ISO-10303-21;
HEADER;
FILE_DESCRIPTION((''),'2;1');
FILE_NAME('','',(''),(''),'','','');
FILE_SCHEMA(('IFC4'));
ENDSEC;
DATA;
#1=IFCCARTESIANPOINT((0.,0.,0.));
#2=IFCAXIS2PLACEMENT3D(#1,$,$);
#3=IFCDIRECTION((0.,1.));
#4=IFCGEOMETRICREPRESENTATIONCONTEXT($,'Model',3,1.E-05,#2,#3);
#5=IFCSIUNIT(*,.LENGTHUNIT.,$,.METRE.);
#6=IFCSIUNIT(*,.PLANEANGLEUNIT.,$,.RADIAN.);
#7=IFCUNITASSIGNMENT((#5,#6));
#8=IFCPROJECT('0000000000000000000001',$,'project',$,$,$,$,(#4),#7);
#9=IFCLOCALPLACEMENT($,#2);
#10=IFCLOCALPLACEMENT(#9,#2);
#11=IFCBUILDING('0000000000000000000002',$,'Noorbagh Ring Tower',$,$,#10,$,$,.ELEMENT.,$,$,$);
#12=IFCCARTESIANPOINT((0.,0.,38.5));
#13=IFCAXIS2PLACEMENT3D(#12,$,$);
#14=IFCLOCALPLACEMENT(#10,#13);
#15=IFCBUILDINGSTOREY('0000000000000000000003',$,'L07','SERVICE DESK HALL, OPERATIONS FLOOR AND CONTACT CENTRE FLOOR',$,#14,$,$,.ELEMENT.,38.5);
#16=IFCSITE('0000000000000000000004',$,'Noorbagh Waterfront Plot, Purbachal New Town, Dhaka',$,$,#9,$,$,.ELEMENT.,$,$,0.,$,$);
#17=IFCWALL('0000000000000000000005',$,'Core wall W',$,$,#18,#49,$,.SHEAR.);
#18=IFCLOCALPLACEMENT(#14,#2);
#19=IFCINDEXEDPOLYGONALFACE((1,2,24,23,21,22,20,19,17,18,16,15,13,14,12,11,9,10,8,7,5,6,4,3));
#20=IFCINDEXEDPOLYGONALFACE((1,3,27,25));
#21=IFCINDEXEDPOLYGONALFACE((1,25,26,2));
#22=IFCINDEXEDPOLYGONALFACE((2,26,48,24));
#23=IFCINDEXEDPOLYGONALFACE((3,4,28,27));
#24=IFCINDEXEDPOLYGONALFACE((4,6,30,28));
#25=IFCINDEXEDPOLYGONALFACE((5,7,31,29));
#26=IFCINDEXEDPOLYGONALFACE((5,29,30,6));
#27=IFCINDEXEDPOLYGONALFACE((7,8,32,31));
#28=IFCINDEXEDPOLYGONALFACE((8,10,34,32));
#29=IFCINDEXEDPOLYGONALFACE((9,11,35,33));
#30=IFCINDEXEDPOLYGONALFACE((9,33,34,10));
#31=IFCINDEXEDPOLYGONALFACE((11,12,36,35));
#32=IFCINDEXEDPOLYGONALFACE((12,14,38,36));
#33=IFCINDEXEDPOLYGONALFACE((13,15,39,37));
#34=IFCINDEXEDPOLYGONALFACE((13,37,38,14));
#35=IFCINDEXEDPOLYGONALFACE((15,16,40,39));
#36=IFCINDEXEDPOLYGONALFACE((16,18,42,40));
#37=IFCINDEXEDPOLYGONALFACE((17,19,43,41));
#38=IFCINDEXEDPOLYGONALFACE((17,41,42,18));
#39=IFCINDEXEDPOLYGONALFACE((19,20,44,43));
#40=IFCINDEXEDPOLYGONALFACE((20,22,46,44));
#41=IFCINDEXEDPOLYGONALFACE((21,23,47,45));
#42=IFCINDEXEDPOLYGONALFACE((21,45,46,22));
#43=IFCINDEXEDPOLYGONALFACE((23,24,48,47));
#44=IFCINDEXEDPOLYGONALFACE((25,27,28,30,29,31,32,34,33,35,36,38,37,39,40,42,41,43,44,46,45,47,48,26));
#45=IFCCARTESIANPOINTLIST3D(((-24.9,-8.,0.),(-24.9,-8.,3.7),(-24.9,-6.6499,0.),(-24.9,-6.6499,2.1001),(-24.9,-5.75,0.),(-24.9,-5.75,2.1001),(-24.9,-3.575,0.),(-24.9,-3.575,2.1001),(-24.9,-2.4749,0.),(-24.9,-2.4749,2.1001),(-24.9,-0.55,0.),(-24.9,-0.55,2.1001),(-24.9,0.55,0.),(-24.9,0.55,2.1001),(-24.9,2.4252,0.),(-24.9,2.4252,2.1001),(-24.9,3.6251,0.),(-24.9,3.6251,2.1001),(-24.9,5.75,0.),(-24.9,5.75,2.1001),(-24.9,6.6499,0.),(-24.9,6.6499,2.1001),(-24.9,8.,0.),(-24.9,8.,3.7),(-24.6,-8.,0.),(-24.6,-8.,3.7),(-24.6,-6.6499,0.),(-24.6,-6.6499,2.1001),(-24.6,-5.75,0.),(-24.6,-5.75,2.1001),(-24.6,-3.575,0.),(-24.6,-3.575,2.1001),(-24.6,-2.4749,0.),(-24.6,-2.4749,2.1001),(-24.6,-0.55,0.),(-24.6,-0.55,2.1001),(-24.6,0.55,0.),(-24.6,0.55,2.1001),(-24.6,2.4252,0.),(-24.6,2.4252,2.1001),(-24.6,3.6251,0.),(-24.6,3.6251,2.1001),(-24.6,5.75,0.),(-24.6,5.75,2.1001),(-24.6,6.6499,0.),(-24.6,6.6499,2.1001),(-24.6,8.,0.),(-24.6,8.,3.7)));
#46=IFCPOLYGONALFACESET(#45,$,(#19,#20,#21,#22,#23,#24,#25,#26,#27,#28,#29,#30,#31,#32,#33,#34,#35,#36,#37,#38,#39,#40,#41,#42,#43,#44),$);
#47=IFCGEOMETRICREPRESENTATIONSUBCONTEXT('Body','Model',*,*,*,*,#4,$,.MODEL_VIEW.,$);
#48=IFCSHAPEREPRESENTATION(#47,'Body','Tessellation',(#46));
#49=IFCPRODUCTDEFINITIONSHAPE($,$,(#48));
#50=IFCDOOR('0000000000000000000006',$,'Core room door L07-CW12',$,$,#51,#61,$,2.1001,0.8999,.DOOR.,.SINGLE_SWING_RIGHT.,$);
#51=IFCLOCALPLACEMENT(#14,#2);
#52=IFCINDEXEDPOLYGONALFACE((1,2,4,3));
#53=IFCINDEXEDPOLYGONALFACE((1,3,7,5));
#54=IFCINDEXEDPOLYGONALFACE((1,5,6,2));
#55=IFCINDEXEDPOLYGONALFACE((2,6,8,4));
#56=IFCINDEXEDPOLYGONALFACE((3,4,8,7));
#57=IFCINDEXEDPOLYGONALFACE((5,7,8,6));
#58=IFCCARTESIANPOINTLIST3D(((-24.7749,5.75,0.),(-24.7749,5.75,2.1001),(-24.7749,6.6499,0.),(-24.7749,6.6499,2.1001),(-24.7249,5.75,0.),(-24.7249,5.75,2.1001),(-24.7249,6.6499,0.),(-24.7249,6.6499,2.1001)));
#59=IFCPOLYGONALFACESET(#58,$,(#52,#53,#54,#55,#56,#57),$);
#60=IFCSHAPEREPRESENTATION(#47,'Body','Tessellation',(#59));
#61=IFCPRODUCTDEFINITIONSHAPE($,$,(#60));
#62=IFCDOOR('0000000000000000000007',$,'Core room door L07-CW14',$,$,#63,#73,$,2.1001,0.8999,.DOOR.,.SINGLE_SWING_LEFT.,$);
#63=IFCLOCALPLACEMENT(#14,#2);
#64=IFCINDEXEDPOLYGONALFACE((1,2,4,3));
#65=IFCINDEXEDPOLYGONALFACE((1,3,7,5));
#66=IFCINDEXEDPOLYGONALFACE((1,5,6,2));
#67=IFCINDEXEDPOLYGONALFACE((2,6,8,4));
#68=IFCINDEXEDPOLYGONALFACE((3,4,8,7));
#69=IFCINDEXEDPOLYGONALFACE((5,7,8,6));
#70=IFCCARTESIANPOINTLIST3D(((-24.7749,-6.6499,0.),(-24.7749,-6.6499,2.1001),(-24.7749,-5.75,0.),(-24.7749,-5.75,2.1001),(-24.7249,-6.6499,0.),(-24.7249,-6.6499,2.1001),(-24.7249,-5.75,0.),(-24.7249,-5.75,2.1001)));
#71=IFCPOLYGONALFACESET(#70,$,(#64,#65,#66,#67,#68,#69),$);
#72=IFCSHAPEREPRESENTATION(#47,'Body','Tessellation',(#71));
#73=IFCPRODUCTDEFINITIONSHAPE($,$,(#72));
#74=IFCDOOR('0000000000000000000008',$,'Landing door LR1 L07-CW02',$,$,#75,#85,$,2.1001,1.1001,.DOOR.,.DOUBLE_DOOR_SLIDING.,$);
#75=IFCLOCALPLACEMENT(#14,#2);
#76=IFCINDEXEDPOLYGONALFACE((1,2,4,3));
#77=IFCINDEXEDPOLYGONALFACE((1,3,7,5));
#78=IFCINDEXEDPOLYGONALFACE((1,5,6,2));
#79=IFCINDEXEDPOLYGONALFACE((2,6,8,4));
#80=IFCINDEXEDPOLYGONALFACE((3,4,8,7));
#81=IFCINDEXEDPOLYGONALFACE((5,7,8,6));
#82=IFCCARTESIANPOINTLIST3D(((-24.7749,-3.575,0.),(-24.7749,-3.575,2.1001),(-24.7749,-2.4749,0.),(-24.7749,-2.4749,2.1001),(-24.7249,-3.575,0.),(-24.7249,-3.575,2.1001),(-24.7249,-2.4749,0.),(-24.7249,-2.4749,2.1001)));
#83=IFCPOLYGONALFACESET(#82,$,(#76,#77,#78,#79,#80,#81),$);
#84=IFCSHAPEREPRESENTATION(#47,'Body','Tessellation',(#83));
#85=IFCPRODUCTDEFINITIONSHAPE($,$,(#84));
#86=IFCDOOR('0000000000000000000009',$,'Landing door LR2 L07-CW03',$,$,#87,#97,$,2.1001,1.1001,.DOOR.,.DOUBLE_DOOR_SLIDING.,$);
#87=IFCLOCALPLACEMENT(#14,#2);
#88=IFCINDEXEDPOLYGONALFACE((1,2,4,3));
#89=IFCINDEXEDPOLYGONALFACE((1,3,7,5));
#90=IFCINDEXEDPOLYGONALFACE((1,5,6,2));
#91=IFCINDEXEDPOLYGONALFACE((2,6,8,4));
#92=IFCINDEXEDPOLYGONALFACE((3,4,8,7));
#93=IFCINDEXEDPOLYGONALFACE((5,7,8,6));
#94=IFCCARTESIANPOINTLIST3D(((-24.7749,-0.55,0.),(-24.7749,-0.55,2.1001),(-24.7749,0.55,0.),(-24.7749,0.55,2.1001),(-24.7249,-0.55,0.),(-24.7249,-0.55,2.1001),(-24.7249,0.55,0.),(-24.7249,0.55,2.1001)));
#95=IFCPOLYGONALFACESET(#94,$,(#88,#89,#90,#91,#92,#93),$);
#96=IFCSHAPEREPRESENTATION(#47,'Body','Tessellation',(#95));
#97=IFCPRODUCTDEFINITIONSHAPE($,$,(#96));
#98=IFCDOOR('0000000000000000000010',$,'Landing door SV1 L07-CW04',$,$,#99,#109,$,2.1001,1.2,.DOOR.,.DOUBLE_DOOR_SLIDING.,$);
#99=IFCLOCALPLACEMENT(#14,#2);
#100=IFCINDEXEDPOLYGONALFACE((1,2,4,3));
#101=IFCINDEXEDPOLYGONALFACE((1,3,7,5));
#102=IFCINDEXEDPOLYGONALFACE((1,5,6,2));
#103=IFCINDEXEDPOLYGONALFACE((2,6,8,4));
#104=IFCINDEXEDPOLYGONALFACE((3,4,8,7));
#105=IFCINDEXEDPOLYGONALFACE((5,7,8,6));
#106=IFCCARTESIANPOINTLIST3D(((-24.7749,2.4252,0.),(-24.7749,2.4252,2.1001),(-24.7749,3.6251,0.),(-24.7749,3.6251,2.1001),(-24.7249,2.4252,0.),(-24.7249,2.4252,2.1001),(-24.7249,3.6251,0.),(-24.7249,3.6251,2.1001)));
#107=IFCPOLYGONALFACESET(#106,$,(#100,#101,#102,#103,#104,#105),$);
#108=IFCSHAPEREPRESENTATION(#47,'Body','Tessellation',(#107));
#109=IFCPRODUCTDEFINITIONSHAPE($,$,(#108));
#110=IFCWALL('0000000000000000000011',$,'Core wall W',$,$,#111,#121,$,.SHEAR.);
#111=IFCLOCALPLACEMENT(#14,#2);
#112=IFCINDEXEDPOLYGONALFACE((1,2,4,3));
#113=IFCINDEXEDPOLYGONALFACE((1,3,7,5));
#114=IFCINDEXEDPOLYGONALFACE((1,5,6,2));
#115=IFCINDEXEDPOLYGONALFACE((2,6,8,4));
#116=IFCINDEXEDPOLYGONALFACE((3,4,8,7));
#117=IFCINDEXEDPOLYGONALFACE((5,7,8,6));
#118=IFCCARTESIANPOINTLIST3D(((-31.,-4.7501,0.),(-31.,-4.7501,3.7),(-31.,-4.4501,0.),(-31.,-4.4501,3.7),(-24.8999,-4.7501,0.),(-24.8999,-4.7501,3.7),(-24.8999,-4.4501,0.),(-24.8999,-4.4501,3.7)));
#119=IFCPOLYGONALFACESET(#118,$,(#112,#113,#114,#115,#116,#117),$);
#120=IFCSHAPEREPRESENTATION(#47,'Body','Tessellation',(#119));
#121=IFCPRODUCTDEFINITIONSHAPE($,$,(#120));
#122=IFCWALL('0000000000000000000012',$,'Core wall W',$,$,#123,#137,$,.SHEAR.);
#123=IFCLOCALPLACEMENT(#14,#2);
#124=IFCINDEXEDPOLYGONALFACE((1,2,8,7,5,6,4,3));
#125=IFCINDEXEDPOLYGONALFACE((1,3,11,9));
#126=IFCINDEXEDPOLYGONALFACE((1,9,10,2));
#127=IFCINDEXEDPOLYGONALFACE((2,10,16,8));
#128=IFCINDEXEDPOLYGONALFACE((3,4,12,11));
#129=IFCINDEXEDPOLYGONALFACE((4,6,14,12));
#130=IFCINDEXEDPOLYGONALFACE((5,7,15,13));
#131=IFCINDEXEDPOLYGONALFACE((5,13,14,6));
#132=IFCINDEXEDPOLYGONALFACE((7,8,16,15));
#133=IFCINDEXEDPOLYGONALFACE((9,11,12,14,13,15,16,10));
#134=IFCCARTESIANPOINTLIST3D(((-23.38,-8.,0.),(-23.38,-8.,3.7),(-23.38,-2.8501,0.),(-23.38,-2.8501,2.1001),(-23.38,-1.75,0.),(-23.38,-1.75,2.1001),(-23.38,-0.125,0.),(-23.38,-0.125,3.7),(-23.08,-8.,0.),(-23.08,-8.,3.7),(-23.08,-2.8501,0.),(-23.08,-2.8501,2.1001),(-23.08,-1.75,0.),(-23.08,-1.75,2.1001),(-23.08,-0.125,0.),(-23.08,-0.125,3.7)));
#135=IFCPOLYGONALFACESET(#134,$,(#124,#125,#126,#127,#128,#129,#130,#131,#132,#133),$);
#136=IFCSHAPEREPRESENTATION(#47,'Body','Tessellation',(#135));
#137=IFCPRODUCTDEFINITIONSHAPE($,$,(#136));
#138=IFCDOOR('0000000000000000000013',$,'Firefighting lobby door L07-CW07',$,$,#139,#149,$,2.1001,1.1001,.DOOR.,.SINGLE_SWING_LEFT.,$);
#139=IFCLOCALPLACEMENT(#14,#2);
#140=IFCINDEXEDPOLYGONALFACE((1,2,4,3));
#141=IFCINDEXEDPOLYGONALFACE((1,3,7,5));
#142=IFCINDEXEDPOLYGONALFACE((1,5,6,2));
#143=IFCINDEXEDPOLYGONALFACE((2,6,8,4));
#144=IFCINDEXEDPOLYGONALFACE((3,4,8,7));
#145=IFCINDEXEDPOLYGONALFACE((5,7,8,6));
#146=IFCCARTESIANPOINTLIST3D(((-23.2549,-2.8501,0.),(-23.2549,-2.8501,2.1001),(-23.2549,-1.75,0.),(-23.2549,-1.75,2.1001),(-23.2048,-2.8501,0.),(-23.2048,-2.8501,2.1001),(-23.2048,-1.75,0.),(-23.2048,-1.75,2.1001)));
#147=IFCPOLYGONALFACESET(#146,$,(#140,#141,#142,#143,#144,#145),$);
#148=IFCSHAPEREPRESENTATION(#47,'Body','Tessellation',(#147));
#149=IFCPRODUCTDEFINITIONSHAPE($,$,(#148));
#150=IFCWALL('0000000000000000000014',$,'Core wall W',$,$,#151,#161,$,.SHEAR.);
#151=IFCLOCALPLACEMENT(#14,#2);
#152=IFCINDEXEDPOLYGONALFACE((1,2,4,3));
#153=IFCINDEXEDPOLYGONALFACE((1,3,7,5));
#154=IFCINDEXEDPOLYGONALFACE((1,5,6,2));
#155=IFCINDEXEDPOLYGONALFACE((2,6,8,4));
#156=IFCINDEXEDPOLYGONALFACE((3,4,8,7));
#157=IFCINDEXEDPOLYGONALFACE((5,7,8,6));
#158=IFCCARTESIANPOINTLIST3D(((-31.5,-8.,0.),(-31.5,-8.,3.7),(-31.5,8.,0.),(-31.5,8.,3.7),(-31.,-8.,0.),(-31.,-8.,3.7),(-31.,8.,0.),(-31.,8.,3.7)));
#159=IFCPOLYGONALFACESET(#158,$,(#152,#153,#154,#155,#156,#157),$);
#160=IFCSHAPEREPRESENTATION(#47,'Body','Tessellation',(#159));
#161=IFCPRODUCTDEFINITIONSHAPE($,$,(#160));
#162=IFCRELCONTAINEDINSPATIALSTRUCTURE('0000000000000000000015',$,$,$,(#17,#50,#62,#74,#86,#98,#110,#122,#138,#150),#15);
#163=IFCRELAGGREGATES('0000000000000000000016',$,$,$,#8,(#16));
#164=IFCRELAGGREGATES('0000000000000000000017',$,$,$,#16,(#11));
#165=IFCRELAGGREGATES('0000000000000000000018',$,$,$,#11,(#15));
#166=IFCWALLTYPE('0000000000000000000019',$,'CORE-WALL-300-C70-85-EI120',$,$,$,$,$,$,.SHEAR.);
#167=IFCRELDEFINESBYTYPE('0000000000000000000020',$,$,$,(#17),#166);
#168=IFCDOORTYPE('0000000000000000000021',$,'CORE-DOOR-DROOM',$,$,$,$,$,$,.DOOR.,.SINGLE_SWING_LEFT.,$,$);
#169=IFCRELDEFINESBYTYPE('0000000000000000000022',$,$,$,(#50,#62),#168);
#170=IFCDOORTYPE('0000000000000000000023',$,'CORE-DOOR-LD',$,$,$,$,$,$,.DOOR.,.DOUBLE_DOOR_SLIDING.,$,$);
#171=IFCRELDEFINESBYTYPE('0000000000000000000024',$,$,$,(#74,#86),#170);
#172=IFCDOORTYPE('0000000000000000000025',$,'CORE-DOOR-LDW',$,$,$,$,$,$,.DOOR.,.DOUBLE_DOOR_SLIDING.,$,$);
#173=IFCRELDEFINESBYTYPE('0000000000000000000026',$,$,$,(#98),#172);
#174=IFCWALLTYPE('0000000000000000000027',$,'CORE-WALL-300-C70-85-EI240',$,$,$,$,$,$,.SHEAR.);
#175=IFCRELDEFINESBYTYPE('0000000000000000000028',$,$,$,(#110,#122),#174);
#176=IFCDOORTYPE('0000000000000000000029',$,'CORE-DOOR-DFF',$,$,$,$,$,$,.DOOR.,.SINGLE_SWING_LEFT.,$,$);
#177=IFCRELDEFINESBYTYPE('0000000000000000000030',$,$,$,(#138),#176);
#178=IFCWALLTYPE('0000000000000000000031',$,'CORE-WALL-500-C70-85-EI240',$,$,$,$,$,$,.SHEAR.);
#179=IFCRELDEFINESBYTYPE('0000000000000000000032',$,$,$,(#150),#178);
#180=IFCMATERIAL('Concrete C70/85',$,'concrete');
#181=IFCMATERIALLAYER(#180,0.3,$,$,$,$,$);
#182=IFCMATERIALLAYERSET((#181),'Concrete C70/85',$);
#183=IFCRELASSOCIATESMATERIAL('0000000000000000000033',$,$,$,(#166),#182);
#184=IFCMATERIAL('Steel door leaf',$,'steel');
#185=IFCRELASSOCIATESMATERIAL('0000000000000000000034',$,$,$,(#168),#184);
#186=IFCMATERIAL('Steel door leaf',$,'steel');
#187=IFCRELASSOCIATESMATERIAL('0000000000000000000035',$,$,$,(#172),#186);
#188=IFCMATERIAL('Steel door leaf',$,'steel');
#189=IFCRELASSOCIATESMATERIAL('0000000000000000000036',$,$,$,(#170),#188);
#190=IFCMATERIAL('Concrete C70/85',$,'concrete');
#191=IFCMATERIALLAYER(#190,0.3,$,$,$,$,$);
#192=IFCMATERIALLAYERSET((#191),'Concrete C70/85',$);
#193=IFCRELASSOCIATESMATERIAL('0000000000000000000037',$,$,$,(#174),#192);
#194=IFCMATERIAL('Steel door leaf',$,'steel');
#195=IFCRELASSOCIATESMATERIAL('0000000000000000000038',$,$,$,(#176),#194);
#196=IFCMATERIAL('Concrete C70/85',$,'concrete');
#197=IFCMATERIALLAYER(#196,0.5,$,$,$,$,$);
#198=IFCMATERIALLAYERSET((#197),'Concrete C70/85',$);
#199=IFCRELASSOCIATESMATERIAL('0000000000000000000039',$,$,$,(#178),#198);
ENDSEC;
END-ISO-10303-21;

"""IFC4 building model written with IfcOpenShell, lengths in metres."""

from ifc_helpers import new_model, si_unit, direction, frame, frame_2d, origin, place, context, subcontext, project, spatial, rectangle, extrude, material, layer, layer_set, type_object, element, fill, save


model = new_model("IFC4")

# Units and contexts
model_context = context("Model", 3, precision=1e-05, world=origin(), true_north=direction((0.0, 1.0)))
body_context = subcontext(model_context, "Body", "Model", "MODEL_VIEW")
ifc_project = project(units=[si_unit("LENGTHUNIT", "METRE"), si_unit("PLANEANGLEUNIT", "RADIAN")], contexts=[model_context])

# Site, building, storey
site_placement = place(None, origin())
site = spatial("IfcSite", under=ifc_project, at=site_placement, Name="Noorbagh Waterfront Plot, Purbachal New Town, Dhaka", CompositionType="ELEMENT", RefElevation=0.0)
building_placement = place(site_placement, origin())
building = spatial("IfcBuilding", under=site, at=building_placement, Name="Noorbagh Ring Tower", CompositionType="ELEMENT")
storey_placement = place(building_placement, frame((0.0, 0.0, 38.5)))
storey = spatial("IfcBuildingStorey", under=building, at=storey_placement, Name="L07", Description="SERVICE DESK HALL, OPERATIONS FLOOR AND CONTACT CENTRE FLOOR", CompositionType="ELEMENT", Elevation=38.5)

# Shared definitions
ifc_material_1 = material(Name="Concrete C70/85", Category="concrete")
ifc_layer_1 = layer(ifc_material_1, 0.3)
ifc_layer_set_1 = layer_set([ifc_layer_1], Name="Concrete C70/85")
wall_type_1 = type_object("IfcWallType", Name="CORE-WALL-300-C70-85-EI120", PredefinedType="SHEAR", material=ifc_layer_set_1)

# Wall, openings, doors
ifc_material_2 = material(Name="Steel door leaf", Category="steel")
door_type_1 = type_object("IfcDoorType", Name="CORE-DOOR-DROOM", OperationType="SINGLE_SWING_LEFT", PredefinedType="DOOR", material=ifc_material_2)
ifc_material_3 = material(Name="Steel door leaf", Category="steel")
door_type_2 = type_object("IfcDoorType", Name="CORE-DOOR-LDW", OperationType="DOUBLE_DOOR_SLIDING", PredefinedType="DOOR", material=ifc_material_3)
wall_1_placement = place(storey_placement, frame((-24.75, -8.0, 0.0), z_axis=(0.0, 0.0, 1.0), x_axis=(0.0, 1.0, 0.0)))
wall_1 = element("IfcWall", 1, at=wall_1_placement, inside=storey, type_object=wall_type_1, Name="Core wall W", PredefinedType="SHEAR", context=body_context, shape_type="SweptSolid", body=[
    extrude(rectangle(XDim=16.0, YDim=0.3, at=frame_2d((8.0, 0.0))), origin(), (0.0, 0.0, 1.0), 3.7),
])
opening_1_placement = place(wall_1_placement, frame((4.425, 0.0, 0.0)))
opening_1 = element("IfcOpeningElement", 2, at=opening_1_placement, cuts=wall_1, PredefinedType="OPENING", context=body_context, shape_type="SweptSolid", body=[
    extrude(rectangle(XDim=1.1001, YDim=2.1001, at=frame_2d((0.55, 1.05))), frame((0.0, 0.1602, 0.0), z_axis=(0.0, -1.0, 0.0), x_axis=(1.0, 0.0, 0.0)), (0.0, 0.0, 1.0), 0.3201),
])
opening_2_placement = place(wall_1_placement, frame((7.45, 0.0, 0.0)))
opening_2 = element("IfcOpeningElement", 3, at=opening_2_placement, cuts=wall_1, PredefinedType="OPENING", context=body_context, shape_type="SweptSolid", body=[
    extrude(rectangle(XDim=1.1001, YDim=2.1001, at=frame_2d((0.55, 1.05))), frame((0.0, 0.1602, 0.0), z_axis=(0.0, -1.0, 0.0), x_axis=(1.0, 0.0, 0.0)), (0.0, 0.0, 1.0), 0.3201),
])
opening_3_placement = place(wall_1_placement, frame((10.425, 0.0, 0.0)))
opening_3 = element("IfcOpeningElement", 4, at=opening_3_placement, cuts=wall_1, PredefinedType="OPENING", context=body_context, shape_type="SweptSolid", body=[
    extrude(rectangle(XDim=1.2, YDim=2.1001, at=frame_2d((0.6001, 1.05))), frame((0.0, 0.1602, 0.0), z_axis=(0.0, -1.0, 0.0), x_axis=(1.0, 0.0, 0.0)), (0.0, 0.0, 1.0), 0.3201),
])
opening_4_placement = place(wall_1_placement, frame((13.75, 0.0, 0.0)))
opening_4 = element("IfcOpeningElement", 5, at=opening_4_placement, cuts=wall_1, PredefinedType="OPENING", context=body_context, shape_type="SweptSolid", body=[
    extrude(rectangle(XDim=0.8999, YDim=2.1001, at=frame_2d((0.45, 1.05))), frame((0.0, 0.1602, 0.0), z_axis=(0.0, -1.0, 0.0), x_axis=(1.0, 0.0, 0.0)), (0.0, 0.0, 1.0), 0.3201),
])
opening_5_placement = place(wall_1_placement, frame((1.3501, 0.0, 0.0)))
opening_5 = element("IfcOpeningElement", 6, at=opening_5_placement, cuts=wall_1, PredefinedType="OPENING", context=body_context, shape_type="SweptSolid", body=[
    extrude(rectangle(XDim=0.8999, YDim=2.1001, at=frame_2d((0.45, 1.05))), frame((0.0, 0.1602, 0.0), z_axis=(0.0, -1.0, 0.0), x_axis=(1.0, 0.0, 0.0)), (0.0, 0.0, 1.0), 0.3201),
])
door_1_placement = place(opening_4_placement, origin())
door_1 = element("IfcDoor", 7, at=door_1_placement, inside=storey, type_object=door_type_1, Name="Core room door L07-CW12", OperationType="SINGLE_SWING_RIGHT", OverallHeight=2.1001, OverallWidth=0.8999, PredefinedType="DOOR", context=body_context, shape_type="SweptSolid", body=[
    extrude(rectangle(XDim=0.8999, YDim=2.1001, at=frame_2d((0.45, 1.05))), frame((0.0, 0.0249, 0.0), z_axis=(0.0, -1.0, 0.0), x_axis=(1.0, 0.0, 0.0)), (0.0, 0.0, 1.0), 0.05),
])
fill(opening_4, door_1)
door_2_placement = place(opening_5_placement, origin())
door_2 = element("IfcDoor", 8, at=door_2_placement, inside=storey, type_object=door_type_1, Name="Core room door L07-CW14", OperationType="SINGLE_SWING_LEFT", OverallHeight=2.1001, OverallWidth=0.8999, PredefinedType="DOOR", context=body_context, shape_type="SweptSolid", body=[
    extrude(rectangle(XDim=0.8999, YDim=2.1001, at=frame_2d((0.45, 1.05))), frame((0.0, 0.0249, 0.0), z_axis=(0.0, -1.0, 0.0), x_axis=(1.0, 0.0, 0.0)), (0.0, 0.0, 1.0), 0.05),
])
fill(opening_5, door_2)
ifc_material_4 = material(Name="Steel door leaf", Category="steel")
door_type_3 = type_object("IfcDoorType", Name="CORE-DOOR-LD", OperationType="DOUBLE_DOOR_SLIDING", PredefinedType="DOOR", material=ifc_material_4)
door_3_placement = place(opening_1_placement, origin())
door_3 = element("IfcDoor", 9, at=door_3_placement, inside=storey, type_object=door_type_3, Name="Landing door LR1 L07-CW02", OperationType="DOUBLE_DOOR_SLIDING", OverallHeight=2.1001, OverallWidth=1.1001, PredefinedType="DOOR", context=body_context, shape_type="SweptSolid", body=[
    extrude(rectangle(XDim=1.1001, YDim=2.1001, at=frame_2d((0.55, 1.05))), frame((0.0, 0.0249, 0.0), z_axis=(0.0, -1.0, 0.0), x_axis=(1.0, 0.0, 0.0)), (0.0, 0.0, 1.0), 0.05),
])
fill(opening_1, door_3)
door_4_placement = place(opening_2_placement, origin())
door_4 = element("IfcDoor", 10, at=door_4_placement, inside=storey, type_object=door_type_3, Name="Landing door LR2 L07-CW03", OperationType="DOUBLE_DOOR_SLIDING", OverallHeight=2.1001, OverallWidth=1.1001, PredefinedType="DOOR", context=body_context, shape_type="SweptSolid", body=[
    extrude(rectangle(XDim=1.1001, YDim=2.1001, at=frame_2d((0.55, 1.05))), frame((0.0, 0.0249, 0.0), z_axis=(0.0, -1.0, 0.0), x_axis=(1.0, 0.0, 0.0)), (0.0, 0.0, 1.0), 0.05),
])
fill(opening_2, door_4)
door_5_placement = place(opening_3_placement, origin())
door_5 = element("IfcDoor", 11, at=door_5_placement, inside=storey, type_object=door_type_2, Name="Landing door SV1 L07-CW04", OperationType="DOUBLE_DOOR_SLIDING", OverallHeight=2.1001, OverallWidth=1.2, PredefinedType="DOOR", context=body_context, shape_type="SweptSolid", body=[
    extrude(rectangle(XDim=1.2, YDim=2.1001, at=frame_2d((0.6001, 1.05))), frame((0.0, 0.0249, 0.0), z_axis=(0.0, -1.0, 0.0), x_axis=(1.0, 0.0, 0.0)), (0.0, 0.0, 1.0), 0.05),
])
fill(opening_3, door_5)

# Wall
ifc_material_5 = material(Name="Concrete C70/85", Category="concrete")
ifc_layer_2 = layer(ifc_material_5, 0.3)
ifc_layer_set_2 = layer_set([ifc_layer_2], Name="Concrete C70/85")
wall_type_2 = type_object("IfcWallType", Name="CORE-WALL-300-C70-85-EI240", PredefinedType="SHEAR", material=ifc_layer_set_2)
wall_2_placement = place(storey_placement, frame((-24.8999, -4.6001, 0.0), z_axis=(0.0, 0.0, 1.0), x_axis=(-1.0, 0.0, 0.0)))
element("IfcWall", 12, at=wall_2_placement, inside=storey, type_object=wall_type_2, Name="Core wall W", PredefinedType="SHEAR", context=body_context, shape_type="SweptSolid", body=[
    extrude(rectangle(XDim=6.1001, YDim=0.3, at=frame_2d((3.05, 0.0))), origin(), (0.0, 0.0, 1.0), 3.7),
])

# Wall, opening, door
wall_3_placement = place(storey_placement, frame((-23.23, -8.0, 0.0), z_axis=(0.0, 0.0, 1.0), x_axis=(0.0, 1.0, 0.0)))
wall_3 = element("IfcWall", 13, at=wall_3_placement, inside=storey, type_object=wall_type_2, Name="Core wall W", PredefinedType="SHEAR", context=body_context, shape_type="SweptSolid", body=[
    extrude(rectangle(XDim=7.875, YDim=0.3, at=frame_2d((3.9375, 0.0))), origin(), (0.0, 0.0, 1.0), 3.7),
])
opening_6_placement = place(wall_3_placement, frame((5.1499, 0.0, 0.0)))
opening_6 = element("IfcOpeningElement", 14, at=opening_6_placement, cuts=wall_3, PredefinedType="OPENING", context=body_context, shape_type="SweptSolid", body=[
    extrude(rectangle(XDim=1.1001, YDim=2.1001, at=frame_2d((0.55, 1.05))), frame((0.0, 0.1602, 0.0), z_axis=(0.0, -1.0, 0.0), x_axis=(1.0, 0.0, 0.0)), (0.0, 0.0, 1.0), 0.3201),
])
ifc_material_6 = material(Name="Steel door leaf", Category="steel")
door_type_4 = type_object("IfcDoorType", Name="CORE-DOOR-DFF", OperationType="SINGLE_SWING_LEFT", PredefinedType="DOOR", material=ifc_material_6)
door_6_placement = place(opening_6_placement, origin())
door_6 = element("IfcDoor", 15, at=door_6_placement, inside=storey, type_object=door_type_4, Name="Firefighting lobby door L07-CW07", OperationType="SINGLE_SWING_LEFT", OverallHeight=2.1001, OverallWidth=1.1001, PredefinedType="DOOR", context=body_context, shape_type="SweptSolid", body=[
    extrude(rectangle(XDim=1.1001, YDim=2.1001, at=frame_2d((0.55, 1.05))), frame((0.0, 0.0249, 0.0), z_axis=(0.0, -1.0, 0.0), x_axis=(1.0, 0.0, 0.0)), (0.0, 0.0, 1.0), 0.05),
])
fill(opening_6, door_6)

# Wall
ifc_material_7 = material(Name="Concrete C70/85", Category="concrete")
ifc_layer_3 = layer(ifc_material_7, 0.5)
ifc_layer_set_3 = layer_set([ifc_layer_3], Name="Concrete C70/85")
wall_type_3 = type_object("IfcWallType", Name="CORE-WALL-500-C70-85-EI240", PredefinedType="SHEAR", material=ifc_layer_set_3)
wall_4_placement = place(storey_placement, frame((-31.25, -8.0, 0.0), z_axis=(0.0, 0.0, 1.0), x_axis=(0.0, 1.0, 0.0)))
element("IfcWall", 16, at=wall_4_placement, inside=storey, type_object=wall_type_3, Name="Core wall W", PredefinedType="SHEAR", context=body_context, shape_type="SweptSolid", body=[
    extrude(rectangle(XDim=16.0, YDim=0.5, at=frame_2d((8.0, 0.0))), origin(), (0.0, 0.0, 1.0), 3.7),
])

save(model, "model.ifc")
